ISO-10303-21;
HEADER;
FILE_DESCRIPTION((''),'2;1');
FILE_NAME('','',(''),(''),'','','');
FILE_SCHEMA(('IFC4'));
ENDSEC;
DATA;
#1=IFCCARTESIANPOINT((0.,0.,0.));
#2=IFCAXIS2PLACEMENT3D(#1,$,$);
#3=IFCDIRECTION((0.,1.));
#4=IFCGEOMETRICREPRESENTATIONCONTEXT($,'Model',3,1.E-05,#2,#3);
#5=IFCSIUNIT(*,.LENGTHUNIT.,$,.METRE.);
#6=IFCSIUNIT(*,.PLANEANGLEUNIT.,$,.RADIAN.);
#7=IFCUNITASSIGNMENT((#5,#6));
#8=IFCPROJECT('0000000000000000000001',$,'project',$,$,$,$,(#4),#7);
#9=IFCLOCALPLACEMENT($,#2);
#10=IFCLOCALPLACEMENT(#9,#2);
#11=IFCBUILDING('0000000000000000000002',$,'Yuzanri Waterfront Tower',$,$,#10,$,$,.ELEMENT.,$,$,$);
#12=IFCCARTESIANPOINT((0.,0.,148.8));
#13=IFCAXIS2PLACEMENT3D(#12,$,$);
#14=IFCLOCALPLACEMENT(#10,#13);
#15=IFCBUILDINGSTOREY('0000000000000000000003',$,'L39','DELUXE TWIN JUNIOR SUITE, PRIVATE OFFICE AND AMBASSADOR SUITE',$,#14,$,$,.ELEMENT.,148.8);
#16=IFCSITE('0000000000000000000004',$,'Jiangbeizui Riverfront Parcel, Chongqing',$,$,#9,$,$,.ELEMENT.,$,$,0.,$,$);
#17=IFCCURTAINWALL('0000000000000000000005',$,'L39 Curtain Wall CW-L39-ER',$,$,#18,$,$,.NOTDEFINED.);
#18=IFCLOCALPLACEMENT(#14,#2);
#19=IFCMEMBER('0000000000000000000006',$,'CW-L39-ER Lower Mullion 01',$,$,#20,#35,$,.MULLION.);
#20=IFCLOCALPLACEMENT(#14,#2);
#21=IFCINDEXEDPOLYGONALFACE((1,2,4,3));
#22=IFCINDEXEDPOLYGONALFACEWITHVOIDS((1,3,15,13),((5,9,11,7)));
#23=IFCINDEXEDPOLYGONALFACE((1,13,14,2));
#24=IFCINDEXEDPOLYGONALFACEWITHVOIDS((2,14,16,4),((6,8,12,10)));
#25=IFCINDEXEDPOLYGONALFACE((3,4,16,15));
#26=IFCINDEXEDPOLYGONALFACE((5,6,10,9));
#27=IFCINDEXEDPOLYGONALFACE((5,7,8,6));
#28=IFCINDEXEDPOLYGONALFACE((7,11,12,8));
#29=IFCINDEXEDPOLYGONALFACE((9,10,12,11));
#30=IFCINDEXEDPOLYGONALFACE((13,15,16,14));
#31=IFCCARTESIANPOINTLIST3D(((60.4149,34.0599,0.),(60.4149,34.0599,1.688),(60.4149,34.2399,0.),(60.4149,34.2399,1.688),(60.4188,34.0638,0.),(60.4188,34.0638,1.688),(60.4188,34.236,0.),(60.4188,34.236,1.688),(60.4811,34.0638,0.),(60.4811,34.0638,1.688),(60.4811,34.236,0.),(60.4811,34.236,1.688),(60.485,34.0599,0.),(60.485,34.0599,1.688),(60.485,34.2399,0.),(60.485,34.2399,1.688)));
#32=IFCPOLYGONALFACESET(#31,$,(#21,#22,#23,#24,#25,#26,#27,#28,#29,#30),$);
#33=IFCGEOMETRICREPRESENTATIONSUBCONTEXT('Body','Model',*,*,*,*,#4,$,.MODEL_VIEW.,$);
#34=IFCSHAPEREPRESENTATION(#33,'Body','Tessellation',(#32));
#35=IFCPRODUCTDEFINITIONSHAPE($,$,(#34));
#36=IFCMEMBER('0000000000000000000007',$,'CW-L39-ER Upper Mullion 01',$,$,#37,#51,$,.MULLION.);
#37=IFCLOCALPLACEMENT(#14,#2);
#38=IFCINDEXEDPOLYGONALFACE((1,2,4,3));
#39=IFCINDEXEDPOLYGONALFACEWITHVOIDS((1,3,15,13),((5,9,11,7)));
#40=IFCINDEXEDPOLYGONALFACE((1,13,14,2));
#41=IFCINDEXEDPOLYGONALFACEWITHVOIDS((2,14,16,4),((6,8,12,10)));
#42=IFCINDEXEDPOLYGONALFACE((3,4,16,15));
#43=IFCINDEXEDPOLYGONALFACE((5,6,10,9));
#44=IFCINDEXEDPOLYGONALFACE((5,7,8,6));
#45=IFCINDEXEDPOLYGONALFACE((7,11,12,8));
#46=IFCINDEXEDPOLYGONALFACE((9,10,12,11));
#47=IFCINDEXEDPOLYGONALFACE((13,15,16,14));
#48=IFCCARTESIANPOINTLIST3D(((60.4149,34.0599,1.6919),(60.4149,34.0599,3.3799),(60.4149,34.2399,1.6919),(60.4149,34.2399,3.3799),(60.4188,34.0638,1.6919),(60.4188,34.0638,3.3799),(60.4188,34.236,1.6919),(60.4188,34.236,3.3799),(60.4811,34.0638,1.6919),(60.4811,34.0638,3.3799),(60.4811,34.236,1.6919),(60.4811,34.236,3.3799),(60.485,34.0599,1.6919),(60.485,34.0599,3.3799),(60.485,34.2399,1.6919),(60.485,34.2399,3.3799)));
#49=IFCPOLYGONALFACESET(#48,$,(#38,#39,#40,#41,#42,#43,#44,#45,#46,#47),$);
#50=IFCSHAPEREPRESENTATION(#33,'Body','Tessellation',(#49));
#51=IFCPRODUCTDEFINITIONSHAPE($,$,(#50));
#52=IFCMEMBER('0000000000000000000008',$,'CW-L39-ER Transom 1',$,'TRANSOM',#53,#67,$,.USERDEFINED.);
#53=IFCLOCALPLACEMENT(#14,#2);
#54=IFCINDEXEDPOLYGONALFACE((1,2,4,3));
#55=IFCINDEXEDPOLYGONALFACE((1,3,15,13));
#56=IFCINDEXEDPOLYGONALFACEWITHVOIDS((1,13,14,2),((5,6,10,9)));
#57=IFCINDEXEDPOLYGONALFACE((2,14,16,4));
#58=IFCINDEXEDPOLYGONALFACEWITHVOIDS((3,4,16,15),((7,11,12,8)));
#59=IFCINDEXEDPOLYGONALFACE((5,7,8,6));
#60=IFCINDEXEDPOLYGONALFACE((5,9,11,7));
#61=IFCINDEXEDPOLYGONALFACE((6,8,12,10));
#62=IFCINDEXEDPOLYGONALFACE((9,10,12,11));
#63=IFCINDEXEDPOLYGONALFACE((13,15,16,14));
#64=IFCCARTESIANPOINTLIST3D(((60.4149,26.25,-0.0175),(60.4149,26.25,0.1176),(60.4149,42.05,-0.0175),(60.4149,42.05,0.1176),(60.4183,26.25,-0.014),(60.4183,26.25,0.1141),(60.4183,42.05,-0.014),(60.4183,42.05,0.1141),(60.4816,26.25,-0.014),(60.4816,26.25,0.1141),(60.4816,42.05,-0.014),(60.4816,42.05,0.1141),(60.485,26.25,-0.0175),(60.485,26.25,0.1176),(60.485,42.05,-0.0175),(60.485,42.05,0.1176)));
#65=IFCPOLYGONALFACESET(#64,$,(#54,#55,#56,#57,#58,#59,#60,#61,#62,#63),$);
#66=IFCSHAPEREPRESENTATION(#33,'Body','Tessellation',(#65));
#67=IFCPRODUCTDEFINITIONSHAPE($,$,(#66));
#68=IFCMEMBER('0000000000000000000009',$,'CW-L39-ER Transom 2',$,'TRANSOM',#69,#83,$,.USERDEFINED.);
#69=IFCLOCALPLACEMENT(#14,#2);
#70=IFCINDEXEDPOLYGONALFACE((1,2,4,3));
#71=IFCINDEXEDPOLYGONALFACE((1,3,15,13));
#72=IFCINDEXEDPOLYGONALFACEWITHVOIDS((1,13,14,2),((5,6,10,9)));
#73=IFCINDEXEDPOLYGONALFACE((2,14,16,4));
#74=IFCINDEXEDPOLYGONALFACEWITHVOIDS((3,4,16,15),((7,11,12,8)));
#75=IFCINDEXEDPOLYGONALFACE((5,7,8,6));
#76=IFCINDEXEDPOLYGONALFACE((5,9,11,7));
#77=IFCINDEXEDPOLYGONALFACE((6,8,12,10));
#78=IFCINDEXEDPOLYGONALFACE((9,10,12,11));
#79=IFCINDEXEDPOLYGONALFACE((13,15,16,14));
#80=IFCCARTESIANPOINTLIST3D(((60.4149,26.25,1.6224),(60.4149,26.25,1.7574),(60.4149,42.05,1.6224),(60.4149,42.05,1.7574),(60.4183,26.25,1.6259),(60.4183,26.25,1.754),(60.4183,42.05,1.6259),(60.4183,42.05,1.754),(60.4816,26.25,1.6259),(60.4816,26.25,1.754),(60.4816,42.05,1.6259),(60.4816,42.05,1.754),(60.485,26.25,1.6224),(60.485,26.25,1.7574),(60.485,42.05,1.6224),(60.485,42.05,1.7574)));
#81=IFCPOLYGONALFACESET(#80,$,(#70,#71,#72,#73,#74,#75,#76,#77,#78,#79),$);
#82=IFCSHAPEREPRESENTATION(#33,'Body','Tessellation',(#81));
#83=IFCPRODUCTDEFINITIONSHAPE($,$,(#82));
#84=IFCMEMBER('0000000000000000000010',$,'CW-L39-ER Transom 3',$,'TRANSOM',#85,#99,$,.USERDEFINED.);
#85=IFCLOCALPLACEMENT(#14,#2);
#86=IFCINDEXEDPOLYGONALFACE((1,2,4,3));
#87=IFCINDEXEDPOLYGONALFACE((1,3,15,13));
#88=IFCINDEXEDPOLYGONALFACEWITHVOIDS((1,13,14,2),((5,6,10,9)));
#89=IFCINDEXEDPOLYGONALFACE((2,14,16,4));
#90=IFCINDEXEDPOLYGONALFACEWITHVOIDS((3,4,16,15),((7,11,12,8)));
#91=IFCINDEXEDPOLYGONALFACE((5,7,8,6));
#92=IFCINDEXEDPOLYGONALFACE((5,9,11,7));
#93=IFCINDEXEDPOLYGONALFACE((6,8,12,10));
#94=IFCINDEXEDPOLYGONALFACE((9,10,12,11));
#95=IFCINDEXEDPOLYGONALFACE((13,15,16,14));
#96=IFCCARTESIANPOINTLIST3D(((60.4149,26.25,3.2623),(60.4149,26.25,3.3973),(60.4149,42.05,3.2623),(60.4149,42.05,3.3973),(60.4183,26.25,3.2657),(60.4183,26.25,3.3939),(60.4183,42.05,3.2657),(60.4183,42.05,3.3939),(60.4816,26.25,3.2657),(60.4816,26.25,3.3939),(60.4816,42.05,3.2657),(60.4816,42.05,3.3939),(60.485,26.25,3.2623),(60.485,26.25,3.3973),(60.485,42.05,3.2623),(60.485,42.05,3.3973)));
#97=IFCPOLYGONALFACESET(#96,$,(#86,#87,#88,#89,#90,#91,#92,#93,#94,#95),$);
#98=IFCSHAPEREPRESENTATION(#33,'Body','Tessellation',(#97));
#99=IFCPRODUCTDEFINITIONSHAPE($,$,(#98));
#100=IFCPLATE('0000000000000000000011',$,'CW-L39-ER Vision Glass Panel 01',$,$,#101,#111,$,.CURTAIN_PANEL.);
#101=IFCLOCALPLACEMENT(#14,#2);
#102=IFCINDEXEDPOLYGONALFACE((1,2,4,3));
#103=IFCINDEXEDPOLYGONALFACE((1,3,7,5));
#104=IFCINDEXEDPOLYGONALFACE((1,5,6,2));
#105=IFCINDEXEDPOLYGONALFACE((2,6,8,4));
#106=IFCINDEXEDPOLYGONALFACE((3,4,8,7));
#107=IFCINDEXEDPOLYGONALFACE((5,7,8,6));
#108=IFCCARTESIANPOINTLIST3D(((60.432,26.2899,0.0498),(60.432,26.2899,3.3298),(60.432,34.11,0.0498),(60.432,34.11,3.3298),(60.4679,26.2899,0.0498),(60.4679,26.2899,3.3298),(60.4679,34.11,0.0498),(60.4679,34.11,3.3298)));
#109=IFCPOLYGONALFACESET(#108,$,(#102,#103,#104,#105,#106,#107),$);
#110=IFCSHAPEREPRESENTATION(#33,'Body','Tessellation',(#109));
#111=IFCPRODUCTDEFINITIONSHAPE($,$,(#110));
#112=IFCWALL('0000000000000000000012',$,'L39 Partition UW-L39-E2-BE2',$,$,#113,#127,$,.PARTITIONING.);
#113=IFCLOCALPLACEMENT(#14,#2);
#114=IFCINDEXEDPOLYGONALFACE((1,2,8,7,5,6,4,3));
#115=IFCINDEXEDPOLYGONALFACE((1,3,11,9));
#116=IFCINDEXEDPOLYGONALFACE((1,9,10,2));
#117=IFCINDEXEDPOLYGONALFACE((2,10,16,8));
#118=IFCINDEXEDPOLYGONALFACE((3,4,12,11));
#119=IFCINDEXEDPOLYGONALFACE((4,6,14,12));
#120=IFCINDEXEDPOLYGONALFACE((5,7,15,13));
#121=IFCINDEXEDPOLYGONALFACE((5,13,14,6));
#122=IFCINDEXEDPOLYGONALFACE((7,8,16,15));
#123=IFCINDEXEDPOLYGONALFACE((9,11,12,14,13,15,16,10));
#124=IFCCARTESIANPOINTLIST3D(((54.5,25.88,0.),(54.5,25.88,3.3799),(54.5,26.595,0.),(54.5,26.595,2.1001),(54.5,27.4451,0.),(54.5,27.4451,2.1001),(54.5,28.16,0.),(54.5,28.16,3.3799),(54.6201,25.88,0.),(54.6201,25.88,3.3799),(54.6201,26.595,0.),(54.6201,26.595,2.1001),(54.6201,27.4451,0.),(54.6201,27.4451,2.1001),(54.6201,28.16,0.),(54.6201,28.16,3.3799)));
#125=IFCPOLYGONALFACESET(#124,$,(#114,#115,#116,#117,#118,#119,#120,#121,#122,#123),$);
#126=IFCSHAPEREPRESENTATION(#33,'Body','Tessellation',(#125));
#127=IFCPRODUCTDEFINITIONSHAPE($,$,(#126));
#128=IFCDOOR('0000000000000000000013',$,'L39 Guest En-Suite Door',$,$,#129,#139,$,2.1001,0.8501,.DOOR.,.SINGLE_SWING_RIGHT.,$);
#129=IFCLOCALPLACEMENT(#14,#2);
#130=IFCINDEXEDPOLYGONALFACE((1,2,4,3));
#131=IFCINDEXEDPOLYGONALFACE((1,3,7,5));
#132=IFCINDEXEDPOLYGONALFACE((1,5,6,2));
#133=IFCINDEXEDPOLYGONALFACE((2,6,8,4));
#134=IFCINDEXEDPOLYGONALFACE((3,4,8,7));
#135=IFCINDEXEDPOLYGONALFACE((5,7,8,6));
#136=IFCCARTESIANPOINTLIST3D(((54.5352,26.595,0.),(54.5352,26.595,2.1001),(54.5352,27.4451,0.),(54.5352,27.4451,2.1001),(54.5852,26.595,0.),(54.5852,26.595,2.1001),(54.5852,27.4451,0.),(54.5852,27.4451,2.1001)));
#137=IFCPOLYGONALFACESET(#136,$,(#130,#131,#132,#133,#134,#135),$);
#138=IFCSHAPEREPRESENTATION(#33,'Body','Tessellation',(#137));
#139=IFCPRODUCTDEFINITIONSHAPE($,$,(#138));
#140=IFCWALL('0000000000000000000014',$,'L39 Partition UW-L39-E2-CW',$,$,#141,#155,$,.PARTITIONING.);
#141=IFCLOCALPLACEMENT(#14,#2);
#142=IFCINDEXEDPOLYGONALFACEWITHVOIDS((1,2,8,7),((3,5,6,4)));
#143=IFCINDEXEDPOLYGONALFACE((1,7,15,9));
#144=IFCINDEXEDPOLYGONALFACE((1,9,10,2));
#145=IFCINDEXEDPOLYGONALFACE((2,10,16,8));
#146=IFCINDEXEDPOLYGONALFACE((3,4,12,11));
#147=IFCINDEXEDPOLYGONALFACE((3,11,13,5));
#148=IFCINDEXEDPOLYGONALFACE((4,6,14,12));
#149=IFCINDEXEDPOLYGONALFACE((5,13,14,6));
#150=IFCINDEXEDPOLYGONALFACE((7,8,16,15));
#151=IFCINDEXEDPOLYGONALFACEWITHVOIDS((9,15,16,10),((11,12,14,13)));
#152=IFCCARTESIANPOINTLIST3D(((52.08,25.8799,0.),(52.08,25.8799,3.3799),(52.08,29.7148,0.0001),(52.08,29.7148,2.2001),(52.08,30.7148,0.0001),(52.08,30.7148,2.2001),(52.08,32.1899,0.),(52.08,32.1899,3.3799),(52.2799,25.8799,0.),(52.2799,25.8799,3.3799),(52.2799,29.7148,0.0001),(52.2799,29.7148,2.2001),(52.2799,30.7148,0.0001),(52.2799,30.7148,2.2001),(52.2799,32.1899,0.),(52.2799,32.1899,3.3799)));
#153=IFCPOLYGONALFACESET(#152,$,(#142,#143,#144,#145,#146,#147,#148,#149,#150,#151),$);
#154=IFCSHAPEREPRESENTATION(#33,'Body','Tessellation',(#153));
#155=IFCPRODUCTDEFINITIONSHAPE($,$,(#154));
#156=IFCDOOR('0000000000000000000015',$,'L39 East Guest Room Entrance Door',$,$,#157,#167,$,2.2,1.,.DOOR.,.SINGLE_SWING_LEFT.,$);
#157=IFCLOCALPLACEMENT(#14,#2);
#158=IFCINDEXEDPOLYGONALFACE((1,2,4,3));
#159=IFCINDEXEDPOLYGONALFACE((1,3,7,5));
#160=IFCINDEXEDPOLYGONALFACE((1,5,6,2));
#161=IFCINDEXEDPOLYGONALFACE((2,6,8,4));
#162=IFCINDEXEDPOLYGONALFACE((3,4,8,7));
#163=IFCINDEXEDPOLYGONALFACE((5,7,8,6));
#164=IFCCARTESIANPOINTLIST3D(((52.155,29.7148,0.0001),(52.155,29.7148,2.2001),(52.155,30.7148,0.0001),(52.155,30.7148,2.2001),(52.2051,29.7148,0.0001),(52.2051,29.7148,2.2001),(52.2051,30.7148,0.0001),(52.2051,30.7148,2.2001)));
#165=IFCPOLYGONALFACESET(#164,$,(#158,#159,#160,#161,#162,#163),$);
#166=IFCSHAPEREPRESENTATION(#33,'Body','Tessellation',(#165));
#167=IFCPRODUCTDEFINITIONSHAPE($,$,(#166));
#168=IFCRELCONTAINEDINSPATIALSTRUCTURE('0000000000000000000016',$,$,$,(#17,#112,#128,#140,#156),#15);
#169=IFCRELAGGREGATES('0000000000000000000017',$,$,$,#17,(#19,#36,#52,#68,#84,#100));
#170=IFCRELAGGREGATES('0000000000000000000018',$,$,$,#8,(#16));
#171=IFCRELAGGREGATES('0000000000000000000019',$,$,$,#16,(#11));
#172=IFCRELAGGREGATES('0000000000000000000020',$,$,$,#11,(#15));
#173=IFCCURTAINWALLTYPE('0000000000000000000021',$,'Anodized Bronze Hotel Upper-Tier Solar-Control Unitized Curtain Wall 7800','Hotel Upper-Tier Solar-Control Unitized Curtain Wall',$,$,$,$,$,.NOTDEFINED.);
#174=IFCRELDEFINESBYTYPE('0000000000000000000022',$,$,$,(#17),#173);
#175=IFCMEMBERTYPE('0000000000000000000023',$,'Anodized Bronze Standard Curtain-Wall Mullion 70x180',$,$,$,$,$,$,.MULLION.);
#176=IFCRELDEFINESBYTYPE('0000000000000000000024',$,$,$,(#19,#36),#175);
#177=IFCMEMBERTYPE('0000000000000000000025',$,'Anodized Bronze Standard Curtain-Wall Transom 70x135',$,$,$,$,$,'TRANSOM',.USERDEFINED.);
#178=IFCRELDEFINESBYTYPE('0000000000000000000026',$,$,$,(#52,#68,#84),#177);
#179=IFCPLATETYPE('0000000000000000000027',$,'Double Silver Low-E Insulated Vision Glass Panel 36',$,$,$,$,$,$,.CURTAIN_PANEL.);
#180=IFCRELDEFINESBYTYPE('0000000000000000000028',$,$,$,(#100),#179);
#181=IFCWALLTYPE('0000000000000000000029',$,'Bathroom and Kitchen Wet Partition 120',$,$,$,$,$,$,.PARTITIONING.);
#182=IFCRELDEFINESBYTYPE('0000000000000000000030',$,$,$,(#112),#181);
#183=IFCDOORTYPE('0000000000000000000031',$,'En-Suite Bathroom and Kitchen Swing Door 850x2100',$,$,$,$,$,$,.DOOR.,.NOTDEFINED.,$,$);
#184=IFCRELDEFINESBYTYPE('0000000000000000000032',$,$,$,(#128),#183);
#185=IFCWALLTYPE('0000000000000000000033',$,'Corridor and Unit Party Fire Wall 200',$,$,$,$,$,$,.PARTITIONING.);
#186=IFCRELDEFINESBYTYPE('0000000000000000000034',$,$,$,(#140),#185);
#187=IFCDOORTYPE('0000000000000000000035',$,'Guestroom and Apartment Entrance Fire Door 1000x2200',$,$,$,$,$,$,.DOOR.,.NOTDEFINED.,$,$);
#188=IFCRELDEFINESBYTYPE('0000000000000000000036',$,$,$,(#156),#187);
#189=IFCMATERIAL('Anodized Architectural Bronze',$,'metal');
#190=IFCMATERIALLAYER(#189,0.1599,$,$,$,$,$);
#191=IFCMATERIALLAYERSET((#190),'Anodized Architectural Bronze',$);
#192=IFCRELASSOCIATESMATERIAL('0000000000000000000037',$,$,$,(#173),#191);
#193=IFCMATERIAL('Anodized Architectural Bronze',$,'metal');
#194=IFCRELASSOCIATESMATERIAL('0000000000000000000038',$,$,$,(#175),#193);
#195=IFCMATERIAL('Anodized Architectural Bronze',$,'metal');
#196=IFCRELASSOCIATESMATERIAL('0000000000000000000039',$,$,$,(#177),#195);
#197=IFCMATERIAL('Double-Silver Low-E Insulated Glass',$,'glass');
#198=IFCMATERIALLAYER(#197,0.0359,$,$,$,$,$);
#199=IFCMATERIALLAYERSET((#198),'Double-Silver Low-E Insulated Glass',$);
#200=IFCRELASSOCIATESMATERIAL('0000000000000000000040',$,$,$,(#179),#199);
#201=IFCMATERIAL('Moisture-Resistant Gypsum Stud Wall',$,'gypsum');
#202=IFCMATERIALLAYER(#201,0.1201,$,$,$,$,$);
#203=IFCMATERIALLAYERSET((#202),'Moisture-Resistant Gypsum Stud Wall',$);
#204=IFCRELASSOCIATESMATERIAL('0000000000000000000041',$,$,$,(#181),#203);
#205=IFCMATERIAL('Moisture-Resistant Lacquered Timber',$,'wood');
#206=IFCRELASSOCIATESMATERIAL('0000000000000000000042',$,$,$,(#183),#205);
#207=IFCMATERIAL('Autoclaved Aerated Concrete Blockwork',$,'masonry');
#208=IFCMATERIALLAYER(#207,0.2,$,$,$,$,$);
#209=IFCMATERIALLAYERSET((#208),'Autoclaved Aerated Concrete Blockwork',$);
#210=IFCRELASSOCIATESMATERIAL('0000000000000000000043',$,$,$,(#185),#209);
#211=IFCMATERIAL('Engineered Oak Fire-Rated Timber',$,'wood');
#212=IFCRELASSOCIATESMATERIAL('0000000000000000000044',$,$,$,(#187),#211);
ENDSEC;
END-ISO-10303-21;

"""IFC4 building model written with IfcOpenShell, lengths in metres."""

from ifc_helpers import new_model, si_unit, direction, frame, frame_2d, origin, origin_2d, place, context, subcontext, project, spatial, rectangle, hollow_rectangle, extrude, source, transform, mapped, material, layer, layer_set, material_profile, profile_set, type_object, element, fill, aggregate, save


model = new_model("IFC4")

# Units and contexts
model_context = context("Model", 3, precision=1e-05, world=origin(), true_north=direction((0.0, 1.0)))
body_context = subcontext(model_context, "Body", "Model", "MODEL_VIEW")
ifc_project = project(units=[si_unit("LENGTHUNIT", "METRE"), si_unit("PLANEANGLEUNIT", "RADIAN")], contexts=[model_context])

# Site, building, storey
site_placement = place(None, origin())
site = spatial("IfcSite", under=ifc_project, at=site_placement, Name="Jiangbeizui Riverfront Parcel, Chongqing", CompositionType="ELEMENT", RefElevation=0.0)
building_placement = place(site_placement, origin())
building = spatial("IfcBuilding", under=site, at=building_placement, Name="Yuzanri Waterfront Tower", CompositionType="ELEMENT")
storey_placement = place(building_placement, frame((0.0, 0.0, 148.8)))
storey = spatial("IfcBuildingStorey", under=building, at=storey_placement, Name="L39", Description="DELUXE TWIN JUNIOR SUITE, PRIVATE OFFICE AND AMBASSADOR SUITE", CompositionType="ELEMENT", Elevation=148.8)

# Curtain wall, members, plate
ifc_material_1 = material(Name="Anodized Architectural Bronze", Category="metal")
ifc_layer_1 = layer(ifc_material_1, 0.1599)
ifc_layer_set_1 = layer_set([ifc_layer_1], Name="Anodized Architectural Bronze")
curtain_wall_type = type_object("IfcCurtainWallType", Name="Anodized Bronze Hotel Upper-Tier Solar-Control Unitized Curtain Wall 7800", Description="Hotel Upper-Tier Solar-Control Unitized Curtain Wall", PredefinedType="NOTDEFINED", material=ifc_layer_set_1)
curtain_wall_placement = place(storey_placement, origin())
curtain_wall = element("IfcCurtainWall", 1, at=curtain_wall_placement, inside=storey, type_object=curtain_wall_type, Name="L39 Curtain Wall CW-L39-ER", PredefinedType="NOTDEFINED")
ifc_material_2 = material(Name="Anodized Architectural Bronze", Category="metal")
ifc_material_profile_1 = material_profile(ifc_material_2, hollow_rectangle(XDim=0.0701, YDim=0.1799, WallThickness=0.0039, at=origin_2d()), Name="CWM 70x180")
ifc_profile_set_1 = profile_set([ifc_material_profile_1], Name="Anodized Architectural Bronze")
member_type_1 = type_object("IfcMemberType", Name="Anodized Bronze Standard Curtain-Wall Mullion 70x180", PredefinedType="MULLION", material=ifc_profile_set_1)
shared_shape_1 = source(origin(), body_context, "Body", "SweptSolid", [
    extrude(hollow_rectangle(XDim=0.0701, YDim=0.1799, WallThickness=0.0039, at=origin_2d()), origin(), (0.0, 0.0, 1.0), 1.688),
])
member_1_placement = place(storey_placement, frame((60.45, 34.1499, 0.0), z_axis=(0.0, 0.0, 1.0), x_axis=(1.0, 0.0, 0.0)))
member_1 = element("IfcMember", 2, at=member_1_placement, type_object=member_type_1, Name="CW-L39-ER Lower Mullion 01", PredefinedType="MULLION", context=body_context, shape_type="MappedRepresentation", body=[
    mapped(shared_shape_1, transform((0.0, 0.0, 0.0), scale=1.0)),
])
member_2_placement = place(storey_placement, frame((60.45, 34.1499, 1.6919), z_axis=(0.0, 0.0, 1.0), x_axis=(1.0, 0.0, 0.0)))
member_2 = element("IfcMember", 3, at=member_2_placement, type_object=member_type_1, Name="CW-L39-ER Upper Mullion 01", PredefinedType="MULLION", context=body_context, shape_type="MappedRepresentation", body=[
    mapped(shared_shape_1, transform((0.0, 0.0, 0.0), scale=1.0)),
])
ifc_material_3 = material(Name="Anodized Architectural Bronze", Category="metal")
ifc_material_profile_2 = material_profile(ifc_material_3, hollow_rectangle(XDim=0.0701, YDim=0.135, WallThickness=0.0034, at=origin_2d()), Name="CWT 70x135")
ifc_profile_set_2 = profile_set([ifc_material_profile_2], Name="Anodized Architectural Bronze")
member_type_2 = type_object("IfcMemberType", Name="Anodized Bronze Standard Curtain-Wall Transom 70x135", ElementType="TRANSOM", PredefinedType="USERDEFINED", material=ifc_profile_set_2)
shared_shape_2 = source(origin(), body_context, "Body", "SweptSolid", [
    extrude(hollow_rectangle(XDim=0.0701, YDim=0.135, WallThickness=0.0034, at=origin_2d()), origin(), (0.0, 0.0, 1.0), 15.8),
])
member_3_placement = place(storey_placement, frame((60.45, 26.25, 0.05), z_axis=(0.0, 1.0, 0.0), x_axis=(-1.0, 0.0, 0.0)))
member_3 = element("IfcMember", 4, at=member_3_placement, type_object=member_type_2, Name="CW-L39-ER Transom 1", ObjectType="TRANSOM", PredefinedType="USERDEFINED", context=body_context, shape_type="MappedRepresentation", body=[
    mapped(shared_shape_2, transform((0.0, 0.0, 0.0), scale=1.0)),
])
member_4_placement = place(storey_placement, frame((60.45, 26.25, 1.6899), z_axis=(0.0, 1.0, 0.0), x_axis=(-1.0, 0.0, 0.0)))
member_4 = element("IfcMember", 5, at=member_4_placement, type_object=member_type_2, Name="CW-L39-ER Transom 2", ObjectType="TRANSOM", PredefinedType="USERDEFINED", context=body_context, shape_type="MappedRepresentation", body=[
    mapped(shared_shape_2, transform((0.0, 0.0, 0.0), scale=1.0)),
])
member_5_placement = place(storey_placement, frame((60.45, 26.25, 3.3298), z_axis=(0.0, 1.0, 0.0), x_axis=(-1.0, 0.0, 0.0)))
member_5 = element("IfcMember", 6, at=member_5_placement, type_object=member_type_2, Name="CW-L39-ER Transom 3", ObjectType="TRANSOM", PredefinedType="USERDEFINED", context=body_context, shape_type="MappedRepresentation", body=[
    mapped(shared_shape_2, transform((0.0, 0.0, 0.0), scale=1.0)),
])
ifc_material_4 = material(Name="Double-Silver Low-E Insulated Glass", Category="glass")
ifc_layer_2 = layer(ifc_material_4, 0.0359)
ifc_layer_set_2 = layer_set([ifc_layer_2], Name="Double-Silver Low-E Insulated Glass")
plate_type = type_object("IfcPlateType", Name="Double Silver Low-E Insulated Vision Glass Panel 36", PredefinedType="CURTAIN_PANEL", material=ifc_layer_set_2)
shared_shape_3 = source(origin(), body_context, "Body", "SweptSolid", [
    extrude(rectangle(XDim=7.8201, YDim=0.0359, at=origin_2d()), origin(), (0.0, 0.0, 1.0), 3.28),
])
plate_placement = place(storey_placement, frame((60.45, 30.2, 0.0498), z_axis=(0.0, 0.0, 1.0), x_axis=(0.0, 1.0, 0.0)))
plate = element("IfcPlate", 7, at=plate_placement, type_object=plate_type, Name="CW-L39-ER Vision Glass Panel 01", PredefinedType="CURTAIN_PANEL", context=body_context, shape_type="MappedRepresentation", body=[
    mapped(shared_shape_3, transform((0.0, 0.0, 0.0), scale=1.0)),
])
aggregate(curtain_wall, [member_1, member_2, member_3, member_4, member_5, plate])

# Walls, openings, doors
ifc_material_5 = material(Name="Moisture-Resistant Gypsum Stud Wall", Category="gypsum")
ifc_layer_3 = layer(ifc_material_5, 0.1201)
ifc_layer_set_3 = layer_set([ifc_layer_3], Name="Moisture-Resistant Gypsum Stud Wall")
wall_type_1 = type_object("IfcWallType", Name="Bathroom and Kitchen Wet Partition 120", PredefinedType="PARTITIONING", material=ifc_layer_set_3)
wall_1_placement = place(storey_placement, frame((54.5601, 25.8799, 0.0), z_axis=(0.0, 0.0, 1.0), x_axis=(0.0, 1.0, 0.0)))
wall_1 = element("IfcWall", 8, at=wall_1_placement, inside=storey, type_object=wall_type_1, Name="L39 Partition UW-L39-E2-BE2", PredefinedType="PARTITIONING", context=body_context, shape_type="SweptSolid", body=[
    extrude(rectangle(XDim=2.28, YDim=0.1201, at=frame_2d((1.1401, 0.0))), origin(), (0.0, 0.0, 1.0), 3.3799),
])
opening_1_placement = place(wall_1_placement, frame((0.7151, 0.0, 0.0)))
opening_1 = element("IfcOpeningElement", 9, at=opening_1_placement, cuts=wall_1, PredefinedType="OPENING", context=body_context, shape_type="SweptSolid", body=[
    extrude(rectangle(XDim=0.8501, YDim=2.1001, at=frame_2d((0.425, 1.05))), frame((0.0, 0.075, 0.0), z_axis=(0.0, -1.0, 0.0), x_axis=(1.0, 0.0, 0.0)), (0.0, 0.0, 1.0), 0.1499),
])
ifc_material_6 = material(Name="Moisture-Resistant Lacquered Timber", Category="wood")
door_type_1 = type_object("IfcDoorType", Name="En-Suite Bathroom and Kitchen Swing Door 850x2100", OperationType="NOTDEFINED", PredefinedType="DOOR", material=ifc_material_6)
shared_shape_4 = source(origin(), body_context, "Body", "SweptSolid", [
    extrude(rectangle(XDim=0.8501, YDim=2.1001, at=frame_2d((0.425, 1.05))), frame((0.0, 0.0249, 0.0), z_axis=(0.0, -1.0, 0.0), x_axis=(1.0, 0.0, 0.0)), (0.0, 0.0, 1.0), 0.05),
])
door_1_placement = place(opening_1_placement, origin())
door_1 = element("IfcDoor", 10, at=door_1_placement, inside=storey, type_object=door_type_1, Name="L39 Guest En-Suite Door", OperationType="SINGLE_SWING_RIGHT", OverallHeight=2.1001, OverallWidth=0.8501, PredefinedType="DOOR", context=body_context, shape_type="MappedRepresentation", body=[
    mapped(shared_shape_4, transform((0.0, 0.0, 0.0), scale=1.0)),
])
fill(opening_1, door_1)
ifc_material_7 = material(Name="Autoclaved Aerated Concrete Blockwork", Category="masonry")
ifc_layer_4 = layer(ifc_material_7, 0.2)
ifc_layer_set_4 = layer_set([ifc_layer_4], Name="Autoclaved Aerated Concrete Blockwork")
wall_type_2 = type_object("IfcWallType", Name="Corridor and Unit Party Fire Wall 200", PredefinedType="PARTITIONING", material=ifc_layer_set_4)
wall_2_placement = place(storey_placement, frame((52.1799, 25.8799, 0.0), z_axis=(0.0, 0.0, 1.0), x_axis=(0.0, 1.0, 0.0)))
wall_2 = element("IfcWall", 11, at=wall_2_placement, inside=storey, type_object=wall_type_2, Name="L39 Partition UW-L39-E2-CW", PredefinedType="PARTITIONING", context=body_context, shape_type="SweptSolid", body=[
    extrude(rectangle(XDim=6.3101, YDim=0.2, at=frame_2d((3.155, 0.0))), origin(), (0.0, 0.0, 1.0), 3.3799),
])
opening_2_placement = place(wall_2_placement, frame((3.835, 0.0, 0.0)))
opening_2 = element("IfcOpeningElement", 12, at=opening_2_placement, cuts=wall_2, PredefinedType="OPENING", context=body_context, shape_type="SweptSolid", body=[
    extrude(rectangle(XDim=1.0, YDim=2.2, at=frame_2d((0.5, 1.1001))), frame((0.0, 0.1147, 0.0), z_axis=(0.0, -1.0, 0.0), x_axis=(1.0, 0.0, 0.0)), (0.0, 0.0, 1.0), 0.2297),
])
ifc_material_8 = material(Name="Engineered Oak Fire-Rated Timber", Category="wood")
door_type_2 = type_object("IfcDoorType", Name="Guestroom and Apartment Entrance Fire Door 1000x2200", OperationType="NOTDEFINED", PredefinedType="DOOR", material=ifc_material_8)
shared_shape_5 = source(origin(), body_context, "Body", "SweptSolid", [
    extrude(rectangle(XDim=1.0, YDim=2.2, at=frame_2d((0.5, 1.1001))), frame((0.0, 0.0249, 0.0), z_axis=(0.0, -1.0, 0.0), x_axis=(1.0, 0.0, 0.0)), (0.0, 0.0, 1.0), 0.05),
])
door_2_placement = place(opening_2_placement, origin())
door_2 = element("IfcDoor", 13, at=door_2_placement, inside=storey, type_object=door_type_2, Name="L39 East Guest Room Entrance Door", OperationType="SINGLE_SWING_LEFT", OverallHeight=2.2, OverallWidth=1.0, PredefinedType="DOOR", context=body_context, shape_type="MappedRepresentation", body=[
    mapped(shared_shape_5, transform((0.0, 0.0, 0.0), scale=1.0)),
])
fill(opening_2, door_2)

save(model, "model.ifc")
